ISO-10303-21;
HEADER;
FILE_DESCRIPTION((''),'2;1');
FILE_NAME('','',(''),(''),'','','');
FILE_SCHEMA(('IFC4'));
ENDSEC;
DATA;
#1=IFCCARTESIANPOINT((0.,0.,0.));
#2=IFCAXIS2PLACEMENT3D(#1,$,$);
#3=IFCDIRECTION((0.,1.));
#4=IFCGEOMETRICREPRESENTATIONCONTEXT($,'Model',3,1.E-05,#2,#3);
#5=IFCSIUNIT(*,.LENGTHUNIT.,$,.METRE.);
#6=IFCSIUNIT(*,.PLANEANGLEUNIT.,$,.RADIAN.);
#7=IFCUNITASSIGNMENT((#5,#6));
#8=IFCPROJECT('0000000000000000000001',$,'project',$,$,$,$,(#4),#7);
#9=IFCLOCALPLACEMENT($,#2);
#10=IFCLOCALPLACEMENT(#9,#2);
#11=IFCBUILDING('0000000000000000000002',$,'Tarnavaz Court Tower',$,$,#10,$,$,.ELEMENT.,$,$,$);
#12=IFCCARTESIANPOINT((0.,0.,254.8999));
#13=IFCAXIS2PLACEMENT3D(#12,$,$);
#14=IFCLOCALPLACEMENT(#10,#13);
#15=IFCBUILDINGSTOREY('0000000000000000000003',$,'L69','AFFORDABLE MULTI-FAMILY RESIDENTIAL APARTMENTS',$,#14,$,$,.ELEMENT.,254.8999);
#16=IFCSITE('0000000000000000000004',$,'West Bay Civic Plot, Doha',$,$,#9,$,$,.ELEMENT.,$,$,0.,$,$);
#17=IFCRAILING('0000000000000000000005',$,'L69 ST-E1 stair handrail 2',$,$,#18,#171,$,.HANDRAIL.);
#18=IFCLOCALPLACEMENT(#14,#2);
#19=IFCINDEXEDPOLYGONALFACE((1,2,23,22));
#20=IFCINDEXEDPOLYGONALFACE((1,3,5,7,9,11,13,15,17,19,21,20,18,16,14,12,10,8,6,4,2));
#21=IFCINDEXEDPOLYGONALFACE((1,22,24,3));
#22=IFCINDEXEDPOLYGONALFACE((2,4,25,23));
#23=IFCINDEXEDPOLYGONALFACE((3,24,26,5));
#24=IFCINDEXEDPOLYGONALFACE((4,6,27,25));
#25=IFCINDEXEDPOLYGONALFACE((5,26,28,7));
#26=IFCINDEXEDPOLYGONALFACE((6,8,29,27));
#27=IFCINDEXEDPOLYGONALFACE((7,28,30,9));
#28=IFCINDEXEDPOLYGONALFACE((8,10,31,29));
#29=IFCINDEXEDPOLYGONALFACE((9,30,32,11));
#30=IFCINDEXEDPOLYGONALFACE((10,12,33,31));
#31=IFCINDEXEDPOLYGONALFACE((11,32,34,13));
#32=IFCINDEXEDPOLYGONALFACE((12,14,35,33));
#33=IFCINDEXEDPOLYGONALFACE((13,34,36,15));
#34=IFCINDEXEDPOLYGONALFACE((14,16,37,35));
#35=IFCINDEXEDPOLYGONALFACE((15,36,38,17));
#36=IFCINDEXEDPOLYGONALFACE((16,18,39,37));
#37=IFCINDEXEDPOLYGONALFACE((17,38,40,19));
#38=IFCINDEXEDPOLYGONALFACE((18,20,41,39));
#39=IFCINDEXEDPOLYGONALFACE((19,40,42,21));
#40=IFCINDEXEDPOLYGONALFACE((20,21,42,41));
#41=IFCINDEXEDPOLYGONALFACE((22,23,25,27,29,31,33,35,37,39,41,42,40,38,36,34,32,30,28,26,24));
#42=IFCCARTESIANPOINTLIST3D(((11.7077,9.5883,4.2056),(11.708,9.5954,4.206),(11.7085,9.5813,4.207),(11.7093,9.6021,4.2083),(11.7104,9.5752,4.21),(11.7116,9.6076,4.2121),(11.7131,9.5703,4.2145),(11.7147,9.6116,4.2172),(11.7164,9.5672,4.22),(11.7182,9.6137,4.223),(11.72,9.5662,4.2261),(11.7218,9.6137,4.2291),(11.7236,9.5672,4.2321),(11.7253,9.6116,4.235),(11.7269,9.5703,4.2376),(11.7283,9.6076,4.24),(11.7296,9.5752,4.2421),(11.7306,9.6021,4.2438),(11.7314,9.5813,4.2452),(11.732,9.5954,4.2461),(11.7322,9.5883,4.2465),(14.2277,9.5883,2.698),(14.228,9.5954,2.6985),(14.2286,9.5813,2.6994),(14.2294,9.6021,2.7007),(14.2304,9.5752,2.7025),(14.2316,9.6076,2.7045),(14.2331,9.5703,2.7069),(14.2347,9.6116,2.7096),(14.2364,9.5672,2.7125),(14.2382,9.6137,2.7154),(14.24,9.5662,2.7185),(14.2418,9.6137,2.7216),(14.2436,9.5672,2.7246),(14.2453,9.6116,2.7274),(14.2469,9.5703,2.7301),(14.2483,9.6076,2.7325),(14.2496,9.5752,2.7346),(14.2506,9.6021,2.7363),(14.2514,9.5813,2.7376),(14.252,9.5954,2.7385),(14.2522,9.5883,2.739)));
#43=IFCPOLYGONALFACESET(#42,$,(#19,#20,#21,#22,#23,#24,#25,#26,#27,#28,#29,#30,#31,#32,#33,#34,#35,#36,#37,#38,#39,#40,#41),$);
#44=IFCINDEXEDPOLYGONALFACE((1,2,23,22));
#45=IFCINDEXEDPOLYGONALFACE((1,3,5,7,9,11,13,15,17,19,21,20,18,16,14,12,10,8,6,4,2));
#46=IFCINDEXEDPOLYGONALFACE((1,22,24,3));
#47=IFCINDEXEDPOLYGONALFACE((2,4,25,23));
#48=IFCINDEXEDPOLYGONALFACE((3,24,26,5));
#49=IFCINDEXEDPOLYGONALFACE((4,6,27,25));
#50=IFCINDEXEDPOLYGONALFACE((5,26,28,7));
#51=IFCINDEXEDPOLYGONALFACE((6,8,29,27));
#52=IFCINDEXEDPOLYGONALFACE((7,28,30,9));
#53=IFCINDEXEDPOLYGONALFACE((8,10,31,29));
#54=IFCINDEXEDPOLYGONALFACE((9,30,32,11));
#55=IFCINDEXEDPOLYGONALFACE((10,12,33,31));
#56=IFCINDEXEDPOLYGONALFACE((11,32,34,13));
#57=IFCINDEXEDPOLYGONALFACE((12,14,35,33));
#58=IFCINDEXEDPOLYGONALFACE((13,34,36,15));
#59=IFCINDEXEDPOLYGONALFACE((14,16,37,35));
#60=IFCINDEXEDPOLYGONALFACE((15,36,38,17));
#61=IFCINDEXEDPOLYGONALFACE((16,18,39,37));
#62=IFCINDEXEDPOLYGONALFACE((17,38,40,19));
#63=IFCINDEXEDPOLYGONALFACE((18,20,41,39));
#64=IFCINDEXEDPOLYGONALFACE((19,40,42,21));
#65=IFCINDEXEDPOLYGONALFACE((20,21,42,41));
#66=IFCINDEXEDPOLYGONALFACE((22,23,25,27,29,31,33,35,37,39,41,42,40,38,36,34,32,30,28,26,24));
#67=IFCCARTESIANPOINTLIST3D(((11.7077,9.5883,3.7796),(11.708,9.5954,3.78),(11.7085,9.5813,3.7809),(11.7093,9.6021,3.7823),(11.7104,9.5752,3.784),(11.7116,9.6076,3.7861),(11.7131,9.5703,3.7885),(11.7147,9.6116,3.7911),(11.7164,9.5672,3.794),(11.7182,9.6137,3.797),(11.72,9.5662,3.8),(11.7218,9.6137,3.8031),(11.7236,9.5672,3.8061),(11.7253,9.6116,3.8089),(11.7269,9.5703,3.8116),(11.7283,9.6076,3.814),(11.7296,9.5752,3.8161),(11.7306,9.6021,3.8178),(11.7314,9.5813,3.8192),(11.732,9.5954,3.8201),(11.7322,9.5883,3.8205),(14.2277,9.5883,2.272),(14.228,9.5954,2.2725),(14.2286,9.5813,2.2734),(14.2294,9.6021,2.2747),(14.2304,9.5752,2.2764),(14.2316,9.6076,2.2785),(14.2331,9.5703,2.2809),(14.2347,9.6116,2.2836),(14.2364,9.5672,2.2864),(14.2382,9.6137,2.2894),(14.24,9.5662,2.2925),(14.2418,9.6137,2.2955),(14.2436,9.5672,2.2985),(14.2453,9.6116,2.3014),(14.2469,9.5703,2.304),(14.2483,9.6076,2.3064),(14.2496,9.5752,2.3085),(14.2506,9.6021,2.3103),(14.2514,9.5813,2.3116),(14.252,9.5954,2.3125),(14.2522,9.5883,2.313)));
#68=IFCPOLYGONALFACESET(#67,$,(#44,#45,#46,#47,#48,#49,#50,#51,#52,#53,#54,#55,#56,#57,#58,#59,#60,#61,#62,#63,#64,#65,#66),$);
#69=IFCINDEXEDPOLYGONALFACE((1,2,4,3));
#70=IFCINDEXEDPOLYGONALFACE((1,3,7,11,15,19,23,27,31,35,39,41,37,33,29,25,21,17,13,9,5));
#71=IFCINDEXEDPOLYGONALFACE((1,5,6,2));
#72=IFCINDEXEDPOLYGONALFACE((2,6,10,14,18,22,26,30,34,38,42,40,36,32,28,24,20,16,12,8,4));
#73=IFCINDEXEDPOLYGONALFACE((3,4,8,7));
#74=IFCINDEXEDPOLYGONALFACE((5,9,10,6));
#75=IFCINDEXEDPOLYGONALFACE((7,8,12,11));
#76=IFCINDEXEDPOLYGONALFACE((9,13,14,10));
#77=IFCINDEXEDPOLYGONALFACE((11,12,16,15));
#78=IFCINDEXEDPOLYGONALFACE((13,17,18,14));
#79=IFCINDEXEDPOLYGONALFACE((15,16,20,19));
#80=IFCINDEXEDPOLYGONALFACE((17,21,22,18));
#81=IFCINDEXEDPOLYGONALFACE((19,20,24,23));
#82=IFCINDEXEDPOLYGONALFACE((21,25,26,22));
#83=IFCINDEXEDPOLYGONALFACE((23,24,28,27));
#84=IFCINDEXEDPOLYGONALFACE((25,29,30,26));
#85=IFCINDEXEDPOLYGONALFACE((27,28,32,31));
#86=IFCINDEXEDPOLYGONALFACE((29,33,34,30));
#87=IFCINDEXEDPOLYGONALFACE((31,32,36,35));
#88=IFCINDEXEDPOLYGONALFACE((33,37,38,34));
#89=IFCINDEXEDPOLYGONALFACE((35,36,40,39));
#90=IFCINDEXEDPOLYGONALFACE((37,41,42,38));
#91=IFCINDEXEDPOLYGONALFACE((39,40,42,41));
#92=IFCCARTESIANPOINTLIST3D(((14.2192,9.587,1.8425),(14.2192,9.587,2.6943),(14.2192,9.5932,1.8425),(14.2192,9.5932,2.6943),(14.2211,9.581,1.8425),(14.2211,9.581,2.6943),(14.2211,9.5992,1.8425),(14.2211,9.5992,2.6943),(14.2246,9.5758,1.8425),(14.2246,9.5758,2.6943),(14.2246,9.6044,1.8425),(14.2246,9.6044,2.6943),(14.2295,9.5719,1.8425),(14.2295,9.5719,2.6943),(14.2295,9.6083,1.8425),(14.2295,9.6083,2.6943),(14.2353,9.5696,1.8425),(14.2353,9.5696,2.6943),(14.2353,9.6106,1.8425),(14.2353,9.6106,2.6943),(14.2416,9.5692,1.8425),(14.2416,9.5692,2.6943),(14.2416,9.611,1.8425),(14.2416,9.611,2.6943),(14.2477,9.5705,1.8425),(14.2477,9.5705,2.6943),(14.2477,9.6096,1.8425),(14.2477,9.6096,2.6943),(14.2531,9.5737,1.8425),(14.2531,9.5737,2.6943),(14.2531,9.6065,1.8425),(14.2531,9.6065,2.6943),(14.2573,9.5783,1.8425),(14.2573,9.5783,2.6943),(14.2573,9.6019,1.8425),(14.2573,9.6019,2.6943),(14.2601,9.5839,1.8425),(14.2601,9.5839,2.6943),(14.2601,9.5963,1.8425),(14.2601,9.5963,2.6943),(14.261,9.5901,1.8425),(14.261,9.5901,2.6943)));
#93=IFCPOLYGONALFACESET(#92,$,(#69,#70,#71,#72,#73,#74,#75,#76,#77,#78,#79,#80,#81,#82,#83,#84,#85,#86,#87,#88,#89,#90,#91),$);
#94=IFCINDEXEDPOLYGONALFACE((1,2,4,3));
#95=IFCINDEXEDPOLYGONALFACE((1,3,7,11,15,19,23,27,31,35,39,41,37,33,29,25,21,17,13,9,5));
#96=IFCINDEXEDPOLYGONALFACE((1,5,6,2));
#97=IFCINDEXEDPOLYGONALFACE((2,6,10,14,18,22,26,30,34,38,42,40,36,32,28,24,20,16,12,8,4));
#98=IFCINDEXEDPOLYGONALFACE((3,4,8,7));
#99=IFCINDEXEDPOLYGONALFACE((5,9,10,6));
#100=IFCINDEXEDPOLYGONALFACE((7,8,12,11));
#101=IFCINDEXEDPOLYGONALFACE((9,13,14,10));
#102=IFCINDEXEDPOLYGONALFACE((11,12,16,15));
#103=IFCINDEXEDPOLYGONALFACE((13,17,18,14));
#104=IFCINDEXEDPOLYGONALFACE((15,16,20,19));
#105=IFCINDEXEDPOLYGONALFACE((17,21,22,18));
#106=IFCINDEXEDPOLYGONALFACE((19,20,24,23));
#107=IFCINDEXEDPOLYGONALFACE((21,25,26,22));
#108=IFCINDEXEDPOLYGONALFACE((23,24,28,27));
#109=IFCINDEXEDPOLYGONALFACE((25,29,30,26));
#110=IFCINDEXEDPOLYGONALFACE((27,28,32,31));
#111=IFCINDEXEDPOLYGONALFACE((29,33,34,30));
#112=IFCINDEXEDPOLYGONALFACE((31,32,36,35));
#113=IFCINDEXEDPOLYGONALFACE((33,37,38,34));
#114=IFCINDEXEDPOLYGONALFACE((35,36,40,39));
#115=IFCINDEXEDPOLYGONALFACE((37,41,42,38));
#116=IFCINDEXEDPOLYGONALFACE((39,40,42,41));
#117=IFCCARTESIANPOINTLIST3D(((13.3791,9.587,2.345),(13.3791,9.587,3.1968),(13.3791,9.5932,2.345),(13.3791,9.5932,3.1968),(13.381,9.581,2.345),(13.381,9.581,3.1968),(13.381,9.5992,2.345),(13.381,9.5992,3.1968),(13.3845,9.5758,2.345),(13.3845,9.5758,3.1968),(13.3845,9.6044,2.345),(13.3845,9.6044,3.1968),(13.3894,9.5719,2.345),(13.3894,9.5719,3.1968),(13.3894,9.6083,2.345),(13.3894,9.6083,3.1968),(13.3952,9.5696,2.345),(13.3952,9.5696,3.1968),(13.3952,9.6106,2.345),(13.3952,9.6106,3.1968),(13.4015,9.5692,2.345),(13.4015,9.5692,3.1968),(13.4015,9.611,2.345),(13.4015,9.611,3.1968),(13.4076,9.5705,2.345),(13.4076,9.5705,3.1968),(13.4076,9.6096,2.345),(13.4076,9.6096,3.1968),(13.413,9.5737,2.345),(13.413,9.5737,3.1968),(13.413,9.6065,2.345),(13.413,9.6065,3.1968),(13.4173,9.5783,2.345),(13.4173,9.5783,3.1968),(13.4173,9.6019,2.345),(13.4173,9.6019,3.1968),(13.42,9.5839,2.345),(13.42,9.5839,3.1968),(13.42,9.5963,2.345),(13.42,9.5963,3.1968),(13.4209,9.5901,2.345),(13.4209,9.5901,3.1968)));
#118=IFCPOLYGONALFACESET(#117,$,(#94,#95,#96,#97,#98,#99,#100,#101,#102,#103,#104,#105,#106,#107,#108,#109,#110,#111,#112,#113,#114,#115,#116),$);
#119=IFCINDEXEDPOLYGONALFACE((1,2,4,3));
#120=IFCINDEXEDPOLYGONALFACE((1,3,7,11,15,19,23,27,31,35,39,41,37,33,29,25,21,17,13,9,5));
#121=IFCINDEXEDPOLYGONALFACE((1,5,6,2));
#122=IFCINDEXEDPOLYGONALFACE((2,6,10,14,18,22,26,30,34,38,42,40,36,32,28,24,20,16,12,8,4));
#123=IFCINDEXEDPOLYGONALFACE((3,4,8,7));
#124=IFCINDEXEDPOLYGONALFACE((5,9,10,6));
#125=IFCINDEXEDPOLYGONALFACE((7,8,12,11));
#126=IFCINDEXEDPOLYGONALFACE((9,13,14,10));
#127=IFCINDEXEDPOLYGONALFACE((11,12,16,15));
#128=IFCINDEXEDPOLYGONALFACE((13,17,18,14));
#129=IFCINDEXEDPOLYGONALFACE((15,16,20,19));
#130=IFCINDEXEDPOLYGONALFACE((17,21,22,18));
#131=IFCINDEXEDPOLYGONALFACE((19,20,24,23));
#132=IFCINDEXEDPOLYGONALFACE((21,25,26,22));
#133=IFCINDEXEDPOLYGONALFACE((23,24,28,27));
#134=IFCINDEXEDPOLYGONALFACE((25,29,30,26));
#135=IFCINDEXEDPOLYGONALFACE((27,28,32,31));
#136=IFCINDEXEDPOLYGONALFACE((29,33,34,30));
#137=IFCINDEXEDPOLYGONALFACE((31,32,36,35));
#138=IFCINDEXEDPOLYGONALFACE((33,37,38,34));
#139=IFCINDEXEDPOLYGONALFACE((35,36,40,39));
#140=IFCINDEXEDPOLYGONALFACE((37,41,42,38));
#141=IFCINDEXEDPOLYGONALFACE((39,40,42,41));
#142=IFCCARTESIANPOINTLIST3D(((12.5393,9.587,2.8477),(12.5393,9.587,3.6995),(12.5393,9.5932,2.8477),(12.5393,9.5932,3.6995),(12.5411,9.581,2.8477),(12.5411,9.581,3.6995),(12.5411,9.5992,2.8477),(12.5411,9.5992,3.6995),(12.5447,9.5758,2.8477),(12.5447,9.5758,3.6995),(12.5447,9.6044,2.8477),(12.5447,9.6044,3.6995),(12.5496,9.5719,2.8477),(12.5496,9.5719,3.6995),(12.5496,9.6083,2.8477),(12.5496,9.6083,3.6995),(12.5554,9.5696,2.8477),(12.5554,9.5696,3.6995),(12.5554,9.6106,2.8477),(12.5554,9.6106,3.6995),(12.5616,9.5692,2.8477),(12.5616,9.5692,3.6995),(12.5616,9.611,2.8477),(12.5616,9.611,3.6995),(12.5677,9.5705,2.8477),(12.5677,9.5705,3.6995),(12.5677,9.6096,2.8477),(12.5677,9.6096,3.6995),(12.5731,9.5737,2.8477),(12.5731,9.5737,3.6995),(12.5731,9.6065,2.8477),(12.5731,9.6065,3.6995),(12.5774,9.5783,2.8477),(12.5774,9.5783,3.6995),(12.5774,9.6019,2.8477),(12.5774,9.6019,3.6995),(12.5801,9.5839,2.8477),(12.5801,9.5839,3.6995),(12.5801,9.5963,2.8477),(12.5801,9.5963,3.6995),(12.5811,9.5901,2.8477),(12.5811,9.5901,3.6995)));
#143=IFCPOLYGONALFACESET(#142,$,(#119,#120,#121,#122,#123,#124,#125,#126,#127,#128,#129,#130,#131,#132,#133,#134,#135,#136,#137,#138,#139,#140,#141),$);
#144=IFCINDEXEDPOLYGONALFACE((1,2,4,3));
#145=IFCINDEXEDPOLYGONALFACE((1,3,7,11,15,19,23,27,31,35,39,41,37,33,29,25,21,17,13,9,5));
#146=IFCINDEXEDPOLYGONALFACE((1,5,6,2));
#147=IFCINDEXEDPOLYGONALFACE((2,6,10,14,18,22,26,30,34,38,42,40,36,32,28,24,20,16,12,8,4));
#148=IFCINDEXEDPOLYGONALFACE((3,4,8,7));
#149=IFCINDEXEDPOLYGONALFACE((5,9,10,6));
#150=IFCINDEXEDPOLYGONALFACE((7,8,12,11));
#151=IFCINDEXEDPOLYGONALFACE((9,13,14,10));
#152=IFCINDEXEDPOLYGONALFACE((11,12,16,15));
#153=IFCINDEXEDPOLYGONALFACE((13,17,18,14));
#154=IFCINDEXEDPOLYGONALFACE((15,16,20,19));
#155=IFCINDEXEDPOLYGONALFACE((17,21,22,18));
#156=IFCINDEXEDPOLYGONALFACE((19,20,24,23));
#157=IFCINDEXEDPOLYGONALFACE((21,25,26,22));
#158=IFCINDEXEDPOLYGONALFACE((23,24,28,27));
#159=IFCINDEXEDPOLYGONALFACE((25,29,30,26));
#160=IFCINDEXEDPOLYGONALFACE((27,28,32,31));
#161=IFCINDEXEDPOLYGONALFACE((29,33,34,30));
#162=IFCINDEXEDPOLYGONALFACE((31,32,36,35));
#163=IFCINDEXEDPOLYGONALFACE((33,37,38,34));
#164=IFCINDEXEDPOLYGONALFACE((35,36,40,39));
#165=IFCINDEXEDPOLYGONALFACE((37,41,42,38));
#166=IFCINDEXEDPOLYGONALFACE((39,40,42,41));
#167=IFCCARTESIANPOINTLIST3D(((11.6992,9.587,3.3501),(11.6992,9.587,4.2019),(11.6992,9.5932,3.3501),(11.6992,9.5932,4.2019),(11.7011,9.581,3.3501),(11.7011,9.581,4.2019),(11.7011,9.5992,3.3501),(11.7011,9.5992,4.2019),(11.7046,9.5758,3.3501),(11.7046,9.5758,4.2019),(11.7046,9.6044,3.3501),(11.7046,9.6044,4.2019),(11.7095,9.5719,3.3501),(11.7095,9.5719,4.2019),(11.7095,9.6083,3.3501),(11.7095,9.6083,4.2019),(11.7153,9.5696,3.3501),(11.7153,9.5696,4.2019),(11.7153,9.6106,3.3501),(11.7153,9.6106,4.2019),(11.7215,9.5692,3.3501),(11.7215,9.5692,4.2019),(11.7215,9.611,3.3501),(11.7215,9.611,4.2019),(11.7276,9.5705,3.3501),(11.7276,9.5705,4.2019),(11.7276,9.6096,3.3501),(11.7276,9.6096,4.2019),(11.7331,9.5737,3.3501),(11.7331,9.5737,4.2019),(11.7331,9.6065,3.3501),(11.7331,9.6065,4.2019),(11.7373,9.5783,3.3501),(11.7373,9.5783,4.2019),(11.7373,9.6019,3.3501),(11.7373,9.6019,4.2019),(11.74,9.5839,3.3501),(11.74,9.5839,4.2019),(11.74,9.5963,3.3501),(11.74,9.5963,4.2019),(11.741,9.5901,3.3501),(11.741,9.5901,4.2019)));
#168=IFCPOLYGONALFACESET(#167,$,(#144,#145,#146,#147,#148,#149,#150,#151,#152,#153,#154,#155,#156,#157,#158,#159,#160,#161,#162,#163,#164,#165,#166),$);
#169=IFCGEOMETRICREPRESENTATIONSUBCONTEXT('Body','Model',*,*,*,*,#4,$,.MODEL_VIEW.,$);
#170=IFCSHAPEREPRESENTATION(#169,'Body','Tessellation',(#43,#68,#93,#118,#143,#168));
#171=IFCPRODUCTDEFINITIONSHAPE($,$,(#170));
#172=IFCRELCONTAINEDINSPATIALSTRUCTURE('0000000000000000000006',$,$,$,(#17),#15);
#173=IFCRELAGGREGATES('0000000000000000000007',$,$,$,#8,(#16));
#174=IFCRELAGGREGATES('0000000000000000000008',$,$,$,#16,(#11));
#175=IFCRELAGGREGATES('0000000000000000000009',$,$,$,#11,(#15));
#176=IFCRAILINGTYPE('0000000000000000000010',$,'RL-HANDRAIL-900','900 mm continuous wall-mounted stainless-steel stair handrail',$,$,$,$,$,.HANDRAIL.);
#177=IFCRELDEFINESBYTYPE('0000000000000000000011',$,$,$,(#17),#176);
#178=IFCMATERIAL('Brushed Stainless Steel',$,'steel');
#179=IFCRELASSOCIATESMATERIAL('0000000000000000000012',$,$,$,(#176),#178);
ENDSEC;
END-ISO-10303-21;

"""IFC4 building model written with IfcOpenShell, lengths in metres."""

from ifc_helpers import new_model, si_unit, direction, frame, origin, origin_2d, place, context, subcontext, project, spatial, circle, extrude, material, type_object, element, save


model = new_model("IFC4")

# Units and contexts
model_context = context("Model", 3, precision=1e-05, world=origin(), true_north=direction((0.0, 1.0)))
body_context = subcontext(model_context, "Body", "Model", "MODEL_VIEW")
ifc_project = project(units=[si_unit("LENGTHUNIT", "METRE"), si_unit("PLANEANGLEUNIT", "RADIAN")], contexts=[model_context])

# Site, building, storey
site_placement = place(None, origin())
site = spatial("IfcSite", under=ifc_project, at=site_placement, Name="West Bay Civic Plot, Doha", CompositionType="ELEMENT", RefElevation=0.0)
building_placement = place(site_placement, origin())
building = spatial("IfcBuilding", under=site, at=building_placement, Name="Tarnavaz Court Tower", CompositionType="ELEMENT")
storey_placement = place(building_placement, frame((0.0, 0.0, 254.8999)))
storey = spatial("IfcBuildingStorey", under=building, at=storey_placement, Name="L69", Description="AFFORDABLE MULTI-FAMILY RESIDENTIAL APARTMENTS", CompositionType="ELEMENT", Elevation=254.8999)

# Railing
ifc_material_1 = material(Name="Brushed Stainless Steel", Category="steel")
railing_type_1 = type_object("IfcRailingType", Name="RL-HANDRAIL-900", Description="900 mm continuous wall-mounted stainless-steel stair handrail", PredefinedType="HANDRAIL", material=ifc_material_1)
railing_1_placement = place(storey_placement, frame((14.24, 9.5901, 1.8425)))
element("IfcRailing", 1, at=railing_1_placement, inside=storey, type_object=railing_type_1, Name="L69 ST-E1 stair handrail 2", PredefinedType="HANDRAIL", context=body_context, shape_type="SweptSolid", body=[
    extrude(circle(Radius=0.0239, at=origin_2d()), frame((0.0, 0.0, 0.876), z_axis=(-0.85816, 0.0, 0.513383), x_axis=(0.0, -1.0, 0.0)), (0.0, 0.0, 1.0), 2.9365),
    extrude(circle(Radius=0.0239, at=origin_2d()), frame((0.0, 0.0, 0.45), z_axis=(-0.85816, 0.0, 0.513383), x_axis=(0.0, -1.0, 0.0)), (0.0, 0.0, 1.0), 2.9365),
    extrude(circle(Radius=0.021, at=origin_2d()), origin(), (0.0, 0.0, 1.0), 0.8518),
    extrude(circle(Radius=0.021, at=origin_2d()), frame((-0.8401, 0.0, 0.5024)), (0.0, 0.0, 1.0), 0.8518),
    extrude(circle(Radius=0.021, at=origin_2d()), frame((-1.6799, 0.0, 1.0051)), (0.0, 0.0, 1.0), 0.8518),
    extrude(circle(Radius=0.021, at=origin_2d()), frame((-2.52, 0.0, 1.5076)), (0.0, 0.0, 1.0), 0.8518),
])

save(model, "model.ifc")
